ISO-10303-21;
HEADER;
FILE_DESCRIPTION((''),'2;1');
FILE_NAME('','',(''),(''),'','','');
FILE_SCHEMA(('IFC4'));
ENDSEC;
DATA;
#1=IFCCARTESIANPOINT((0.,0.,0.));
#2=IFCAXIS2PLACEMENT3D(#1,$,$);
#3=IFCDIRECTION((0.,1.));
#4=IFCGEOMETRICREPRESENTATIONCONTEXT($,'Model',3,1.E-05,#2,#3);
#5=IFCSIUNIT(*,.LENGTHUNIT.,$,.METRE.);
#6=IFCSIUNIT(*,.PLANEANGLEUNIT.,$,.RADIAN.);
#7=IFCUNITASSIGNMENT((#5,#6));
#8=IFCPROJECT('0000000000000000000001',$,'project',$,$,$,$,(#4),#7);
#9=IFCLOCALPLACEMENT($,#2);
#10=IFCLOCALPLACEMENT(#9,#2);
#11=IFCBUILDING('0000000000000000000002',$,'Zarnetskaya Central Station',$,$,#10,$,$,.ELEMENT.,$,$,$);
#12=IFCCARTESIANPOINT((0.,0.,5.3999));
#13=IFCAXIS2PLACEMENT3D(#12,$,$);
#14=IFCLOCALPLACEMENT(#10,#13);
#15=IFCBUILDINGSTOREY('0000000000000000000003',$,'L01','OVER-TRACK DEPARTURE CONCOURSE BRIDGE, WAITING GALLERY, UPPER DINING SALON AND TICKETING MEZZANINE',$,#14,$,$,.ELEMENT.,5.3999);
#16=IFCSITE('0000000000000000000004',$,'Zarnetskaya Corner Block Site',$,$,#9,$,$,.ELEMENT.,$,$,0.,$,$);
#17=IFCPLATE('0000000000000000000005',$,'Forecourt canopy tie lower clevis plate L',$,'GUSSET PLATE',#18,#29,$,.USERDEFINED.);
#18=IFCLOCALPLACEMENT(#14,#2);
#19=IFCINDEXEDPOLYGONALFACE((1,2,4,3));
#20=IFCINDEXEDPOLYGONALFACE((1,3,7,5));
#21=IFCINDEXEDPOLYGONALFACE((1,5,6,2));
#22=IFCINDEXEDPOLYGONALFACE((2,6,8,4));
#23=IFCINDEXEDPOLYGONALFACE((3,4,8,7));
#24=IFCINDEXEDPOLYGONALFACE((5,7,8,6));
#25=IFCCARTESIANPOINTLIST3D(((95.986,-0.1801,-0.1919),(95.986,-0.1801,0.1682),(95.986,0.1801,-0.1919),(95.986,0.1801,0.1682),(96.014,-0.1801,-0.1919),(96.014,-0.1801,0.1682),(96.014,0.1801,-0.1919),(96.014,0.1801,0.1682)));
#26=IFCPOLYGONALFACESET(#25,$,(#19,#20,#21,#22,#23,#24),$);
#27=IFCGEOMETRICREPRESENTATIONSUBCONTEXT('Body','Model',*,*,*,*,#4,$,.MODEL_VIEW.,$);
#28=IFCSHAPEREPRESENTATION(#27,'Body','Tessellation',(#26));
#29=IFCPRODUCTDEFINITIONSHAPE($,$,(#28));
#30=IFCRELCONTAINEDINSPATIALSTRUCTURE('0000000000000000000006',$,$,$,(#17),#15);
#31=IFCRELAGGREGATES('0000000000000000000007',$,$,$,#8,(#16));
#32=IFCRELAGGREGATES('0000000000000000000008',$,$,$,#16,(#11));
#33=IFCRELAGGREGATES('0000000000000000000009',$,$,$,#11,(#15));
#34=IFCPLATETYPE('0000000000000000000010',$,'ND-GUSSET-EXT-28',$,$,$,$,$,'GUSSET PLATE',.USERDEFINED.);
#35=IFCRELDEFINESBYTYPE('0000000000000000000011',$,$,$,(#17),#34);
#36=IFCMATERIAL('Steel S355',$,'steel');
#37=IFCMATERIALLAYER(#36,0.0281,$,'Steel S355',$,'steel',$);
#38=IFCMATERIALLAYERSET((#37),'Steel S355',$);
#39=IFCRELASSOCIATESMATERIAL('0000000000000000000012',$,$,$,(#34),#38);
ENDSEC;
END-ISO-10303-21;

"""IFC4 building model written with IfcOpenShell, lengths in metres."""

from ifc_helpers import new_model, si_unit, direction, frame, origin, origin_2d, place, context, subcontext, project, spatial, rectangle, extrude, material, layer, layer_set, type_object, element, save


model = new_model("IFC4")

# Units and contexts
model_context = context("Model", 3, precision=1e-05, world=origin(), true_north=direction((0.0, 1.0)))
body_context = subcontext(model_context, "Body", "Model", "MODEL_VIEW")
ifc_project = project(units=[si_unit("LENGTHUNIT", "METRE"), si_unit("PLANEANGLEUNIT", "RADIAN")], contexts=[model_context])

# Site, building, storey
site_placement = place(None, origin())
site = spatial("IfcSite", under=ifc_project, at=site_placement, Name="Zarnetskaya Corner Block Site", CompositionType="ELEMENT", RefElevation=0.0)
building_placement = place(site_placement, origin())
building = spatial("IfcBuilding", under=site, at=building_placement, Name="Zarnetskaya Central Station", CompositionType="ELEMENT")
storey_placement = place(building_placement, frame((0.0, 0.0, 5.3999)))
storey = spatial("IfcBuildingStorey", under=building, at=storey_placement, Name="L01", Description="OVER-TRACK DEPARTURE CONCOURSE BRIDGE, WAITING GALLERY, UPPER DINING SALON AND TICKETING MEZZANINE", CompositionType="ELEMENT", Elevation=5.3999)

# Shared definitions
ifc_material_1 = material(Name="Steel S355", Category="steel")

# Plate
ifc_layer_1 = layer(ifc_material_1, 0.0281, Name="Steel S355", Category="steel")
ifc_layer_set_1 = layer_set([ifc_layer_1], Name="Steel S355")
plate_type_1 = type_object("IfcPlateType", Name="ND-GUSSET-EXT-28", ElementType="GUSSET PLATE", PredefinedType="USERDEFINED", material=ifc_layer_set_1)
for number, where, z_axis, x_axis, name in (
    (1, (96.0, 0.0, -0.1919), (0.0, 0.0, 1.0), (1.0, 0.0, 0.0), "Forecourt canopy tie lower clevis plate L"),
):
    element("IfcPlate", number, at=place(storey_placement, frame(where, z_axis=z_axis, x_axis=x_axis)), inside=storey, type_object=plate_type_1, Name=name, ObjectType="GUSSET PLATE", PredefinedType="USERDEFINED", context=body_context, shape_type="SweptSolid", body=[
        extrude(rectangle(XDim=0.0281, YDim=0.3601, at=origin_2d()), origin(), (0.0, 0.0, 1.0), 0.3601),
    ])

save(model, "model.ifc")
